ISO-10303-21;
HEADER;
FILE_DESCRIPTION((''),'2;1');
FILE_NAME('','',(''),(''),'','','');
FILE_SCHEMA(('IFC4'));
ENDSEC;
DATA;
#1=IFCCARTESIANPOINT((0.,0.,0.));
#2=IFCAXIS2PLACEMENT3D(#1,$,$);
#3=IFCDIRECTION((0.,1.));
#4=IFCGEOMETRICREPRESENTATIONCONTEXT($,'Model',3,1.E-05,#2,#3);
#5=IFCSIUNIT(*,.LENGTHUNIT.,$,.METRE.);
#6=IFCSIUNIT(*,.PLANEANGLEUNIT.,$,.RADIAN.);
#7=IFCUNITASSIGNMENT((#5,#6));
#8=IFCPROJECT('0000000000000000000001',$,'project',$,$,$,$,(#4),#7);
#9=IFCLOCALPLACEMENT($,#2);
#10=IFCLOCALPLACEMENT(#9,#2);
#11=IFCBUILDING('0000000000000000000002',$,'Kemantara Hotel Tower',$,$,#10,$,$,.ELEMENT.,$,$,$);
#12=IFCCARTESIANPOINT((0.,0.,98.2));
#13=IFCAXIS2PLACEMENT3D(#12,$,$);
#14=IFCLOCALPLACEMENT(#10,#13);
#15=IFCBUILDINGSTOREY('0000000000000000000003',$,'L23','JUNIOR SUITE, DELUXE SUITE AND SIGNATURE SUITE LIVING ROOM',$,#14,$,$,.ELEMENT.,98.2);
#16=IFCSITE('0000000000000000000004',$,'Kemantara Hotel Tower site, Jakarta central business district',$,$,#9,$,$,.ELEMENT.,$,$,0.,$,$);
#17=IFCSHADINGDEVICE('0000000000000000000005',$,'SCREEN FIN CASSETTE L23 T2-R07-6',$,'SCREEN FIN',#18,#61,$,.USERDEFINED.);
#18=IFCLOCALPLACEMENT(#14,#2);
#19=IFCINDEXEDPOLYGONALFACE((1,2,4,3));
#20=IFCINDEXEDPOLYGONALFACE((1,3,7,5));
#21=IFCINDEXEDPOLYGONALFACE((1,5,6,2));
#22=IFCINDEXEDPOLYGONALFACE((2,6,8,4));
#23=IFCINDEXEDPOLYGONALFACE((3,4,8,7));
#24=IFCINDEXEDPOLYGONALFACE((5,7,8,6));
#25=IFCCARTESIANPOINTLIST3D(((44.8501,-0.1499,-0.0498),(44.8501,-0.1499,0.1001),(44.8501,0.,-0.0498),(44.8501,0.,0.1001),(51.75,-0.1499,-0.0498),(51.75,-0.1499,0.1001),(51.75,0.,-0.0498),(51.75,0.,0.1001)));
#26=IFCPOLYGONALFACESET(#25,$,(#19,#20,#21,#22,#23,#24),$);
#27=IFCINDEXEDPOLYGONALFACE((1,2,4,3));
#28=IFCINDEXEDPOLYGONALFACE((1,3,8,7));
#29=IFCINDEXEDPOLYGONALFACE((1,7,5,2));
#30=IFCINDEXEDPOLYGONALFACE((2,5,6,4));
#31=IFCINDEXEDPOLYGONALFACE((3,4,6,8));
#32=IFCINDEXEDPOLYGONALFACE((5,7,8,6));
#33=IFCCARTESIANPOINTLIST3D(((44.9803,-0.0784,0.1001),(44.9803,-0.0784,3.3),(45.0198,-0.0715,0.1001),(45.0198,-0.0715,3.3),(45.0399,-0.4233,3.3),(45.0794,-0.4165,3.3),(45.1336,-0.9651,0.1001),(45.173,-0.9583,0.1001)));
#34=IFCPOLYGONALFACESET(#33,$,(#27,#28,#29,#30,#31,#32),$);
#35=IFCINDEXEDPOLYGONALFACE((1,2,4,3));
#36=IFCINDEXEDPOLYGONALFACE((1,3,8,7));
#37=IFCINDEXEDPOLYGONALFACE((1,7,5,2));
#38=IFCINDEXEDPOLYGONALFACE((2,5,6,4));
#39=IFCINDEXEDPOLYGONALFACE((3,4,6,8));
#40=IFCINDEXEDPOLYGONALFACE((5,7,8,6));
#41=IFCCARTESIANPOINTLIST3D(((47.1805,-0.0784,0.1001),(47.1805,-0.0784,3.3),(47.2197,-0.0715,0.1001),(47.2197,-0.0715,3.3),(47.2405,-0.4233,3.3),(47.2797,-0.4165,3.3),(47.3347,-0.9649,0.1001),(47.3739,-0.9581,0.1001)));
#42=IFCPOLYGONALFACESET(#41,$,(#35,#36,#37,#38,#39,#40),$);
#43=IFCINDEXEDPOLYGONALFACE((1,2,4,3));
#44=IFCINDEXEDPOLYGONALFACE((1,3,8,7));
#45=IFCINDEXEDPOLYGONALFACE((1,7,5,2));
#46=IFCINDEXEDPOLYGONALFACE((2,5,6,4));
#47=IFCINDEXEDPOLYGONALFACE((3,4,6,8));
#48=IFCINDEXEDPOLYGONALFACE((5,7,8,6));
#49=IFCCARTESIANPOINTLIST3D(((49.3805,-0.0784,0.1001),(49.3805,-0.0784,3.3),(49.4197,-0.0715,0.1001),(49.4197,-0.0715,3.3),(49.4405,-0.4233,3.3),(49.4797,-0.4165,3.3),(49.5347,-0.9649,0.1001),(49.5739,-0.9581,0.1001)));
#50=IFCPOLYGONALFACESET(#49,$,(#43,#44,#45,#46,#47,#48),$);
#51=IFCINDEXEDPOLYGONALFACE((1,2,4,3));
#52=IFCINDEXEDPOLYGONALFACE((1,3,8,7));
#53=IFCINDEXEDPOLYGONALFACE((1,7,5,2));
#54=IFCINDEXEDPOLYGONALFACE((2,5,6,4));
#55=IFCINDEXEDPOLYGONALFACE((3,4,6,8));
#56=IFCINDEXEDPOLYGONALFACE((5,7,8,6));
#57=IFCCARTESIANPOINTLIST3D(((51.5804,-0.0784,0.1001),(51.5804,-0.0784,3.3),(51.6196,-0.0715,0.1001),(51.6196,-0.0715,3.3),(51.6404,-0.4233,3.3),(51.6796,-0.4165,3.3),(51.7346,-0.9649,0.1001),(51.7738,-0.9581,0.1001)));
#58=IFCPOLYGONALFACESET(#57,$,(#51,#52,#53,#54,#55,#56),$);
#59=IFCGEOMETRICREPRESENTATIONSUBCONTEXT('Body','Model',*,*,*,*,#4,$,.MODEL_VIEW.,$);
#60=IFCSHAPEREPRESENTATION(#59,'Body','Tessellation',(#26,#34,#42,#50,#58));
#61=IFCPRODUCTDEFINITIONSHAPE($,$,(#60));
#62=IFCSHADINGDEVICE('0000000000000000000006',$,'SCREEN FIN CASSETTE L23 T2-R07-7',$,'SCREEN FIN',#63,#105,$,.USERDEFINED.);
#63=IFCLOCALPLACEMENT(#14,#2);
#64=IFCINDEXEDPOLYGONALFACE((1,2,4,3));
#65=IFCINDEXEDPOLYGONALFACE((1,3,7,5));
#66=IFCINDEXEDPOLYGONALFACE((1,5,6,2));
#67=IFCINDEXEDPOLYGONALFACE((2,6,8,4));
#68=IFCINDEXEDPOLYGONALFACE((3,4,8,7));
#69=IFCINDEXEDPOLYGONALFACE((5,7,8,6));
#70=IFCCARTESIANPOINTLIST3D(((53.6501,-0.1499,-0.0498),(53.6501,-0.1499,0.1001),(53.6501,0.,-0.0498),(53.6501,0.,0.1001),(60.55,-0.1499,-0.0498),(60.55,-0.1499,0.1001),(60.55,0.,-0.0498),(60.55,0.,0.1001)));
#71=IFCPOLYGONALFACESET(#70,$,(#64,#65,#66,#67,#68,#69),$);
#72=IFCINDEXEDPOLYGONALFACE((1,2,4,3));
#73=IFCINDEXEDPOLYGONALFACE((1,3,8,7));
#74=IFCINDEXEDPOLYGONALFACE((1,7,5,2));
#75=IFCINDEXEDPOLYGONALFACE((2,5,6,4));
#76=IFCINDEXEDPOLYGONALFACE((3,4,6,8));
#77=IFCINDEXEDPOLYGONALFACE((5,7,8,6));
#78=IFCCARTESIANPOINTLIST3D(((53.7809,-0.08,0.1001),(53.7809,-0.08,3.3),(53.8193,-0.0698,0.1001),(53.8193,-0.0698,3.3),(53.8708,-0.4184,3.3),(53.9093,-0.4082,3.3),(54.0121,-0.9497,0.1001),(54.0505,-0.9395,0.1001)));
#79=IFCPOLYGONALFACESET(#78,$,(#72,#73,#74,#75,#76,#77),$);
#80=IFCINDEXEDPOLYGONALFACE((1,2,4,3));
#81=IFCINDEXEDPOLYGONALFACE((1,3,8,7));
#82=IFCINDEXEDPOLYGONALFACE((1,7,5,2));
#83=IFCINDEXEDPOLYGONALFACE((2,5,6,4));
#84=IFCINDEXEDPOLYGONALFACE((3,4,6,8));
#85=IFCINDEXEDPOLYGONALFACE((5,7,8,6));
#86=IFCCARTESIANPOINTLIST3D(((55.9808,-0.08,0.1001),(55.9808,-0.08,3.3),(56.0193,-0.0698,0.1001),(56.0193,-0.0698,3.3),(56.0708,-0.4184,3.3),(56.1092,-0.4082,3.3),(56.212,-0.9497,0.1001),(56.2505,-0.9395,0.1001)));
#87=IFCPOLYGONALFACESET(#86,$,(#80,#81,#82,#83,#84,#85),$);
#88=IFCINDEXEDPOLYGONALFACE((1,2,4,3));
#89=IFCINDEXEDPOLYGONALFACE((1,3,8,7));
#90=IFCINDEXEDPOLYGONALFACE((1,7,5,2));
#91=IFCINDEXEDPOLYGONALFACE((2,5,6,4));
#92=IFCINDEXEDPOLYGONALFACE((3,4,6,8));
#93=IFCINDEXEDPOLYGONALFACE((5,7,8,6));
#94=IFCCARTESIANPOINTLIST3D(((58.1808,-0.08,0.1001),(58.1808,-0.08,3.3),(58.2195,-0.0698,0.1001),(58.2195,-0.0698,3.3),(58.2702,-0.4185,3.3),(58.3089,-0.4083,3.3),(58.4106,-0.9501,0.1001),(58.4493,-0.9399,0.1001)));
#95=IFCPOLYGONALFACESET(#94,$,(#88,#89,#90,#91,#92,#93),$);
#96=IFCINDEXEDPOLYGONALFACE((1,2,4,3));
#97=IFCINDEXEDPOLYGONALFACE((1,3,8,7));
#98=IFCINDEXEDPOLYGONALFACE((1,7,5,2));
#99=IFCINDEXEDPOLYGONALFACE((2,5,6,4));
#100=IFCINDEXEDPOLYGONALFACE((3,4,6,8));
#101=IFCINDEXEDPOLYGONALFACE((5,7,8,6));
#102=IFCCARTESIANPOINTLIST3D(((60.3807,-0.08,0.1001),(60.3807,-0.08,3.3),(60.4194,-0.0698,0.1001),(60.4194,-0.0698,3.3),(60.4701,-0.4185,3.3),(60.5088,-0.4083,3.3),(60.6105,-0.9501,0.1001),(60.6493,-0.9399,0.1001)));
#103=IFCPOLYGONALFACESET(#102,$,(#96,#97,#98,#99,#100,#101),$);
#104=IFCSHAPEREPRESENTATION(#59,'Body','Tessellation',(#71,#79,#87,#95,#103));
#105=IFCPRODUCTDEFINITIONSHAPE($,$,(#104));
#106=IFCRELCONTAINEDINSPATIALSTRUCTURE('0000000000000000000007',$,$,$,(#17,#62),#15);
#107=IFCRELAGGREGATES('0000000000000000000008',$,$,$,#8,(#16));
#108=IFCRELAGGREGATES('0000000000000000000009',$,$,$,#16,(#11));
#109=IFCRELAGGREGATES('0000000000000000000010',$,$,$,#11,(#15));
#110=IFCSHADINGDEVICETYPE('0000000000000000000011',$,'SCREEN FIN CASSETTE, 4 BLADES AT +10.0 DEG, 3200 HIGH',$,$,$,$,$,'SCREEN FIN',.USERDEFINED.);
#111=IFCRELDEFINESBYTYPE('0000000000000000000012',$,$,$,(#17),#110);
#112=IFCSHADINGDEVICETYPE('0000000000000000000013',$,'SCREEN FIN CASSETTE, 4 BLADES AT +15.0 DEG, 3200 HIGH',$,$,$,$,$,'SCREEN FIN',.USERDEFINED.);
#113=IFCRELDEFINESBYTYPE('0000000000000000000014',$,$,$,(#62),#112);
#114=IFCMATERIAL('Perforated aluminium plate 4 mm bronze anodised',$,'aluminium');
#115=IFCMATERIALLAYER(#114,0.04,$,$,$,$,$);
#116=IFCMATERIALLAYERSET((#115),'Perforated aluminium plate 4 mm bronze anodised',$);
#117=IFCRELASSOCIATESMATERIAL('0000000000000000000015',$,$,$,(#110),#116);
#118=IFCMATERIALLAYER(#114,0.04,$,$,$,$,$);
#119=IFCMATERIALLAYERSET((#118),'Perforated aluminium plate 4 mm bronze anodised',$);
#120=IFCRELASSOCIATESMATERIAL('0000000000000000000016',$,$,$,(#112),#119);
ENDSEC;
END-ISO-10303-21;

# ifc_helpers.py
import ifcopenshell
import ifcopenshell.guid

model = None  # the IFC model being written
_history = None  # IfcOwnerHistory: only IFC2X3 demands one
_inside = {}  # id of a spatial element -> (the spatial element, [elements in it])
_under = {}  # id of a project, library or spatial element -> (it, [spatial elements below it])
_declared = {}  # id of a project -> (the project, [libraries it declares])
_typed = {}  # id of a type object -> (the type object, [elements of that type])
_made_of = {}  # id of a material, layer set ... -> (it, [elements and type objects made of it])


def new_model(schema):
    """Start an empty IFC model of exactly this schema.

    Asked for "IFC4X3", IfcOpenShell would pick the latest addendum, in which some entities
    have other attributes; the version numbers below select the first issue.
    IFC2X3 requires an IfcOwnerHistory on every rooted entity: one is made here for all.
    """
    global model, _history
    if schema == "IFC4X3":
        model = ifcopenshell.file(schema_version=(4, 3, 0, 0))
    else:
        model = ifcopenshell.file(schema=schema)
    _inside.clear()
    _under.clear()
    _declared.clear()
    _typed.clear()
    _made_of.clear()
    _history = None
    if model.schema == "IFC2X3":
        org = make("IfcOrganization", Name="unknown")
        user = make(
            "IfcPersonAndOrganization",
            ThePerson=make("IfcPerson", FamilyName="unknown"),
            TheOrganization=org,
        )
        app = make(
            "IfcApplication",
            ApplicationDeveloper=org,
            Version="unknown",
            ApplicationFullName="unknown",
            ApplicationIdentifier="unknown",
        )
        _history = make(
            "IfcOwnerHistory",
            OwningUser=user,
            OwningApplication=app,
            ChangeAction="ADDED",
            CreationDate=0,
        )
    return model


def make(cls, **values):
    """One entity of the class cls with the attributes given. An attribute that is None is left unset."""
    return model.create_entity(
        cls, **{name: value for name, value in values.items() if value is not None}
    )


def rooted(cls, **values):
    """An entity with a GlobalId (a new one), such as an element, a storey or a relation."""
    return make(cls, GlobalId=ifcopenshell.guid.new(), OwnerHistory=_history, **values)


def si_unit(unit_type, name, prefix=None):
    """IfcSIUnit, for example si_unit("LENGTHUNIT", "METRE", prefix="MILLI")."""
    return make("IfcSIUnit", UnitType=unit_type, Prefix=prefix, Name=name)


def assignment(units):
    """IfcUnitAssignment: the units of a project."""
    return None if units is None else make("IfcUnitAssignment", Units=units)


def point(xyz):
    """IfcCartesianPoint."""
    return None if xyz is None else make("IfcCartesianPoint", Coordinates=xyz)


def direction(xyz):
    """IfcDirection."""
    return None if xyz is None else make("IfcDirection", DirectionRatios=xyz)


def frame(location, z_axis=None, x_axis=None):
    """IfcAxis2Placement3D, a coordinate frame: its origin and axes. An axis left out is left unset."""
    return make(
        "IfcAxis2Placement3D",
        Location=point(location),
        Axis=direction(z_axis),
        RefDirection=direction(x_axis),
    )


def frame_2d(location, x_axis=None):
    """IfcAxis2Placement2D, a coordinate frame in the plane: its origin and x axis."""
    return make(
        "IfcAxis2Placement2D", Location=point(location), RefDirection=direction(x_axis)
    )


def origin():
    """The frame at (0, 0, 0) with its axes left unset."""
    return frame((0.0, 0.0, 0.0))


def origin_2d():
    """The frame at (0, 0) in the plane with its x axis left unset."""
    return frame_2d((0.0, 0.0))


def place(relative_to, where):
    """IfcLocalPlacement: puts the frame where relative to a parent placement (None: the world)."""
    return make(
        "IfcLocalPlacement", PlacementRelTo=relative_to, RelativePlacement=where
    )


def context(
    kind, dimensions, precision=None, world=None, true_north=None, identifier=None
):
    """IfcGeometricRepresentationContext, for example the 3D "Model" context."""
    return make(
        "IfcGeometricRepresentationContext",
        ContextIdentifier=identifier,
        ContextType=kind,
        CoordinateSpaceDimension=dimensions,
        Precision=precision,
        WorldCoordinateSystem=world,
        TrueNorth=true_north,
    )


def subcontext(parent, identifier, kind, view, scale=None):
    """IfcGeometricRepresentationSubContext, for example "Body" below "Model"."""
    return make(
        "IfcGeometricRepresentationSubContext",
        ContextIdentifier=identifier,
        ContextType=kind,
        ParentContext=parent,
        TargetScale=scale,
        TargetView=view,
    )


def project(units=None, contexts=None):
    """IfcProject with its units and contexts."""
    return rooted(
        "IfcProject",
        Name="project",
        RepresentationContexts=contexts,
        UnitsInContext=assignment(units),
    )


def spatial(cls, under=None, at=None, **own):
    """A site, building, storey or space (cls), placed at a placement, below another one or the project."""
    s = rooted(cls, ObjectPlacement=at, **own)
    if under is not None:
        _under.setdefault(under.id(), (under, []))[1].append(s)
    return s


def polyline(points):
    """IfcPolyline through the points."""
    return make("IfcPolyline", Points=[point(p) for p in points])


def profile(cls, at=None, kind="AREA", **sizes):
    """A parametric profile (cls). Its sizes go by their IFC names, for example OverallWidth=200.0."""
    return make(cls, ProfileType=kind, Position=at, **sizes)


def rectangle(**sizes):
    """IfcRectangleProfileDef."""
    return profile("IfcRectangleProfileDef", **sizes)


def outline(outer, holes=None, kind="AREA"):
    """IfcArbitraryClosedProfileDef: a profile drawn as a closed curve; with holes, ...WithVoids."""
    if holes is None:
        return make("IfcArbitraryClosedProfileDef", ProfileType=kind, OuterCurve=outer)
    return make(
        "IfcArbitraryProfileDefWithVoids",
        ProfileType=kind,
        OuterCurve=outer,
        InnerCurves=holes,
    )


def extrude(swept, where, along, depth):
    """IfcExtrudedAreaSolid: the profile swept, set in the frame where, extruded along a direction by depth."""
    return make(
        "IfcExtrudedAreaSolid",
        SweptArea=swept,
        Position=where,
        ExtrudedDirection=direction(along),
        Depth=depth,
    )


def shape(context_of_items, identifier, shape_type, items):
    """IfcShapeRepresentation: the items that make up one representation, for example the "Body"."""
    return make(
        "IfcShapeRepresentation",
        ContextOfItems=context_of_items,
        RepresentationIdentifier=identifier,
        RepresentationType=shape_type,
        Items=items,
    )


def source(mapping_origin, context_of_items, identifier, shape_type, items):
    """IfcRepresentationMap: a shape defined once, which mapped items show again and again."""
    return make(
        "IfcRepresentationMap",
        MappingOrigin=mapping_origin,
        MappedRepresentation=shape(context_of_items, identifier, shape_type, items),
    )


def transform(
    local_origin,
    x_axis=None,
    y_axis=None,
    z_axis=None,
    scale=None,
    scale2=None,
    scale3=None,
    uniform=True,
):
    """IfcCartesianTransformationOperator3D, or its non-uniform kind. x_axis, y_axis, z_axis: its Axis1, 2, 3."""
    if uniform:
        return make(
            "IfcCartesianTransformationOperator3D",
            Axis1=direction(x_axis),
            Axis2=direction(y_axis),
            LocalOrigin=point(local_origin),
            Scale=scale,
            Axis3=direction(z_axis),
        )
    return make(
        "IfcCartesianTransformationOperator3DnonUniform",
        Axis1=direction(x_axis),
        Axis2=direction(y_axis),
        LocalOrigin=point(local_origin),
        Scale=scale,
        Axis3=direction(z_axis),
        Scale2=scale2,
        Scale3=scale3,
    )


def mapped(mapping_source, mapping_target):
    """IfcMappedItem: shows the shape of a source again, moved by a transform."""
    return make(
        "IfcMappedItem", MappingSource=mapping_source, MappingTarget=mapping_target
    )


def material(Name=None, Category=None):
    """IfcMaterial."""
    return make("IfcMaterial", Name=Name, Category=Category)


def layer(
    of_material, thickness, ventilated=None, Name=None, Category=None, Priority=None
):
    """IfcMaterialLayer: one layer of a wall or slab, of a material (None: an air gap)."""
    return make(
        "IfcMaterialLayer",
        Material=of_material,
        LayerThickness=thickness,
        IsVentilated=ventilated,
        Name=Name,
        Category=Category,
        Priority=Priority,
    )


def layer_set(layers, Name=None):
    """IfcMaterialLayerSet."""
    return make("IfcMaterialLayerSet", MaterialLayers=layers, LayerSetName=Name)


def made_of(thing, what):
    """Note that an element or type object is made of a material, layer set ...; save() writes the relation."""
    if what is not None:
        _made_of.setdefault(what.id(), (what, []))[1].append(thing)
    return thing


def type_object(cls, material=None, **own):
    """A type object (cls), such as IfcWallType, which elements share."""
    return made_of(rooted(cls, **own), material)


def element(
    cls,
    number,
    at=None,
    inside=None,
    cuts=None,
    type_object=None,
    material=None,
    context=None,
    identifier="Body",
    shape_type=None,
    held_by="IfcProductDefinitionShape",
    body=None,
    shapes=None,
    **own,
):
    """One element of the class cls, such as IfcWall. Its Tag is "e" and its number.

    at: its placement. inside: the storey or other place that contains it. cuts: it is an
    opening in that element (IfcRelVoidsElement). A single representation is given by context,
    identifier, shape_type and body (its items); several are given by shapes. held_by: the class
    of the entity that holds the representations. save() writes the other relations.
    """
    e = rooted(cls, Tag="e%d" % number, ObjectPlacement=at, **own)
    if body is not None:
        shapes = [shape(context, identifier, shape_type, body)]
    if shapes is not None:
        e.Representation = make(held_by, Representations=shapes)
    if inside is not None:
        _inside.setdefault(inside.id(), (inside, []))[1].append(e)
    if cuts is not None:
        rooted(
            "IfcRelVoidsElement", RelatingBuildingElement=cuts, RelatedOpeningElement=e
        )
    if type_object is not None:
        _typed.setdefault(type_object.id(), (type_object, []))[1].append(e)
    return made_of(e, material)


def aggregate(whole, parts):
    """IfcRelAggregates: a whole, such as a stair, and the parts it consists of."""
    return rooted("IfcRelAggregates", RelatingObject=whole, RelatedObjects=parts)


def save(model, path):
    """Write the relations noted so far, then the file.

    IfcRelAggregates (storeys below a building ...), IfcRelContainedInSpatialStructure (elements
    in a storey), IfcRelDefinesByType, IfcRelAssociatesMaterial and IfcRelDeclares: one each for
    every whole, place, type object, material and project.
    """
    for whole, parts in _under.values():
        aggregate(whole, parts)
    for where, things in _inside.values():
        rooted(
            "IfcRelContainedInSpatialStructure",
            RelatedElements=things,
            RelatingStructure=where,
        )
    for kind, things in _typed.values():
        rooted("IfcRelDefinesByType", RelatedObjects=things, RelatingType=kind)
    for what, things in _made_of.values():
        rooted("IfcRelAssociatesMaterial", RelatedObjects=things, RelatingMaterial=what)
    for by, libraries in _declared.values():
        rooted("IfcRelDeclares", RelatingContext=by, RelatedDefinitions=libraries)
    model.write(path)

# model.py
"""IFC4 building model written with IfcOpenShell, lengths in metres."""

from ifc_helpers import new_model, si_unit, direction, frame, origin, origin_2d, place, context, subcontext, project, spatial, polyline, rectangle, outline, extrude, source, transform, mapped, material, layer, layer_set, type_object, element, save


model = new_model("IFC4")

# Units and contexts
model_context = context("Model", 3, precision=1e-05, world=origin(), true_north=direction((0.0, 1.0)))
body_context = subcontext(model_context, "Body", "Model", "MODEL_VIEW")
ifc_project = project(units=[si_unit("LENGTHUNIT", "METRE"), si_unit("PLANEANGLEUNIT", "RADIAN")], contexts=[model_context])

# Site, building, storey
site_placement = place(None, origin())
site = spatial("IfcSite", under=ifc_project, at=site_placement, Name="Kemantara Hotel Tower site, Jakarta central business district", CompositionType="ELEMENT", RefElevation=0.0)
building_placement = place(site_placement, origin())
building = spatial("IfcBuilding", under=site, at=building_placement, Name="Kemantara Hotel Tower", CompositionType="ELEMENT")
storey_placement = place(building_placement, frame((0.0, 0.0, 98.2)))
storey = spatial("IfcBuildingStorey", under=building, at=storey_placement, Name="L23", Description="JUNIOR SUITE, DELUXE SUITE AND SIGNATURE SUITE LIVING ROOM", CompositionType="ELEMENT", Elevation=98.2)

# Shading devices
ifc_material_1 = material(Name="Perforated aluminium plate 4 mm bronze anodised", Category="aluminium")
ifc_layer_1 = layer(ifc_material_1, 0.04)
ifc_layer_set_1 = layer_set([ifc_layer_1], Name="Perforated aluminium plate 4 mm bronze anodised")
shading_device_type_1 = type_object("IfcShadingDeviceType", Name="SCREEN FIN CASSETTE, 4 BLADES AT +10.0 DEG, 3200 HIGH", ElementType="SCREEN FIN", PredefinedType="USERDEFINED", material=ifc_layer_set_1)
shared_shape_1 = source(origin(), body_context, "Body", "SweptSolid", [
    extrude(rectangle(XDim=6.8999, YDim=0.1499, at=origin_2d()), frame((3.3, -0.075, -0.1499), z_axis=(0.0, 0.0, 1.0), x_axis=(1.0, 0.0, 0.0)), (0.0, 0.0, 1.0), 0.1499),
    extrude(outline(polyline([(0.0, 0.0), (0.8999, 0.0), (0.3501, 3.2), (0.0, 3.2), (0.0, 0.0)])), frame((0.0198, -0.0715, 0.0), z_axis=(-0.98539, -0.170314, 0.0), x_axis=(0.170314, -0.98539, 0.0)), (0.0, 0.0, 1.0), 0.04),
    extrude(outline(polyline([(0.0, 0.0), (0.8999, 0.0), (0.3501, 3.2), (0.0, 3.2), (0.0, 0.0)])), frame((2.2197, -0.0715, 0.0), z_axis=(-0.985212, -0.171341, 0.0), x_axis=(0.171341, -0.985212, 0.0)), (0.0, 0.0, 1.0), 0.0398),
    extrude(outline(polyline([(0.0, 0.0), (0.8999, 0.0), (0.3501, 3.2), (0.0, 3.2), (0.0, 0.0)])), frame((4.4197, -0.0715, 0.0), z_axis=(-0.985212, -0.171341, 0.0), x_axis=(0.171341, -0.985212, 0.0)), (0.0, 0.0, 1.0), 0.0398),
    extrude(outline(polyline([(0.0, 0.0), (0.8999, 0.0), (0.3501, 3.2), (0.0, 3.2), (0.0, 0.0)])), frame((6.6196, -0.0715, 0.0), z_axis=(-0.985212, -0.171341, 0.0), x_axis=(0.171341, -0.985212, 0.0)), (0.0, 0.0, 1.0), 0.0398),
])
shading_device_1_placement = place(storey_placement, frame((45.0, 0.0, 0.1001), z_axis=(0.0, 0.0, 1.0), x_axis=(1.0, 0.0, 0.0)))
element("IfcShadingDevice", 1, at=shading_device_1_placement, inside=storey, type_object=shading_device_type_1, Name="SCREEN FIN CASSETTE L23 T2-R07-6", ObjectType="SCREEN FIN", PredefinedType="USERDEFINED", context=body_context, shape_type="MappedRepresentation", body=[
    mapped(shared_shape_1, transform((0.0, 0.0, 0.0))),
])
ifc_layer_2 = layer(ifc_material_1, 0.04)
ifc_layer_set_2 = layer_set([ifc_layer_2], Name="Perforated aluminium plate 4 mm bronze anodised")
shading_device_type_2 = type_object("IfcShadingDeviceType", Name="SCREEN FIN CASSETTE, 4 BLADES AT +15.0 DEG, 3200 HIGH", ElementType="SCREEN FIN", PredefinedType="USERDEFINED", material=ifc_layer_set_2)
shared_shape_2 = source(origin(), body_context, "Body", "SweptSolid", [
    extrude(rectangle(XDim=6.8999, YDim=0.1499, at=origin_2d()), frame((3.3, -0.075, -0.1499), z_axis=(0.0, 0.0, 1.0), x_axis=(1.0, 0.0, 0.0)), (0.0, 0.0, 1.0), 0.1499),
    extrude(outline(polyline([(0.0, 0.0), (0.8999, 0.0), (0.3501, 3.2), (0.0, 3.2), (0.0, 0.0)])), frame((0.0193, -0.0698, 0.0), z_axis=(-0.966438, -0.256901, 0.0), x_axis=(0.256901, -0.966438, 0.0)), (0.0, 0.0, 1.0), 0.0398),
    extrude(outline(polyline([(0.0, 0.0), (0.8999, 0.0), (0.3501, 3.2), (0.0, 3.2), (0.0, 0.0)])), frame((2.2192, -0.0698, 0.0), z_axis=(-0.966438, -0.256901, 0.0), x_axis=(0.256901, -0.966438, 0.0)), (0.0, 0.0, 1.0), 0.0398),
    extrude(outline(polyline([(0.0, 0.0), (0.8999, 0.0), (0.3501, 3.2), (0.0, 3.2), (0.0, 0.0)])), frame((4.4194, -0.0698, 0.0), z_axis=(-0.966838, -0.255391, 0.0), x_axis=(0.255391, -0.966838, 0.0)), (0.0, 0.0, 1.0), 0.04),
    extrude(outline(polyline([(0.0, 0.0), (0.8999, 0.0), (0.3501, 3.2), (0.0, 3.2), (0.0, 0.0)])), frame((6.6194, -0.0698, 0.0), z_axis=(-0.966838, -0.255391, 0.0), x_axis=(0.255391, -0.966838, 0.0)), (0.0, 0.0, 1.0), 0.04),
])
shading_device_2_placement = place(storey_placement, frame((53.8, 0.0, 0.1001), z_axis=(0.0, 0.0, 1.0), x_axis=(1.0, 0.0, 0.0)))
element("IfcShadingDevice", 2, at=shading_device_2_placement, inside=storey, type_object=shading_device_type_2, Name="SCREEN FIN CASSETTE L23 T2-R07-7", ObjectType="SCREEN FIN", PredefinedType="USERDEFINED", context=body_context, shape_type="MappedRepresentation", body=[
    mapped(shared_shape_2, transform((0.0, 0.0, 0.0))),
])

save(model, "model.ifc")
